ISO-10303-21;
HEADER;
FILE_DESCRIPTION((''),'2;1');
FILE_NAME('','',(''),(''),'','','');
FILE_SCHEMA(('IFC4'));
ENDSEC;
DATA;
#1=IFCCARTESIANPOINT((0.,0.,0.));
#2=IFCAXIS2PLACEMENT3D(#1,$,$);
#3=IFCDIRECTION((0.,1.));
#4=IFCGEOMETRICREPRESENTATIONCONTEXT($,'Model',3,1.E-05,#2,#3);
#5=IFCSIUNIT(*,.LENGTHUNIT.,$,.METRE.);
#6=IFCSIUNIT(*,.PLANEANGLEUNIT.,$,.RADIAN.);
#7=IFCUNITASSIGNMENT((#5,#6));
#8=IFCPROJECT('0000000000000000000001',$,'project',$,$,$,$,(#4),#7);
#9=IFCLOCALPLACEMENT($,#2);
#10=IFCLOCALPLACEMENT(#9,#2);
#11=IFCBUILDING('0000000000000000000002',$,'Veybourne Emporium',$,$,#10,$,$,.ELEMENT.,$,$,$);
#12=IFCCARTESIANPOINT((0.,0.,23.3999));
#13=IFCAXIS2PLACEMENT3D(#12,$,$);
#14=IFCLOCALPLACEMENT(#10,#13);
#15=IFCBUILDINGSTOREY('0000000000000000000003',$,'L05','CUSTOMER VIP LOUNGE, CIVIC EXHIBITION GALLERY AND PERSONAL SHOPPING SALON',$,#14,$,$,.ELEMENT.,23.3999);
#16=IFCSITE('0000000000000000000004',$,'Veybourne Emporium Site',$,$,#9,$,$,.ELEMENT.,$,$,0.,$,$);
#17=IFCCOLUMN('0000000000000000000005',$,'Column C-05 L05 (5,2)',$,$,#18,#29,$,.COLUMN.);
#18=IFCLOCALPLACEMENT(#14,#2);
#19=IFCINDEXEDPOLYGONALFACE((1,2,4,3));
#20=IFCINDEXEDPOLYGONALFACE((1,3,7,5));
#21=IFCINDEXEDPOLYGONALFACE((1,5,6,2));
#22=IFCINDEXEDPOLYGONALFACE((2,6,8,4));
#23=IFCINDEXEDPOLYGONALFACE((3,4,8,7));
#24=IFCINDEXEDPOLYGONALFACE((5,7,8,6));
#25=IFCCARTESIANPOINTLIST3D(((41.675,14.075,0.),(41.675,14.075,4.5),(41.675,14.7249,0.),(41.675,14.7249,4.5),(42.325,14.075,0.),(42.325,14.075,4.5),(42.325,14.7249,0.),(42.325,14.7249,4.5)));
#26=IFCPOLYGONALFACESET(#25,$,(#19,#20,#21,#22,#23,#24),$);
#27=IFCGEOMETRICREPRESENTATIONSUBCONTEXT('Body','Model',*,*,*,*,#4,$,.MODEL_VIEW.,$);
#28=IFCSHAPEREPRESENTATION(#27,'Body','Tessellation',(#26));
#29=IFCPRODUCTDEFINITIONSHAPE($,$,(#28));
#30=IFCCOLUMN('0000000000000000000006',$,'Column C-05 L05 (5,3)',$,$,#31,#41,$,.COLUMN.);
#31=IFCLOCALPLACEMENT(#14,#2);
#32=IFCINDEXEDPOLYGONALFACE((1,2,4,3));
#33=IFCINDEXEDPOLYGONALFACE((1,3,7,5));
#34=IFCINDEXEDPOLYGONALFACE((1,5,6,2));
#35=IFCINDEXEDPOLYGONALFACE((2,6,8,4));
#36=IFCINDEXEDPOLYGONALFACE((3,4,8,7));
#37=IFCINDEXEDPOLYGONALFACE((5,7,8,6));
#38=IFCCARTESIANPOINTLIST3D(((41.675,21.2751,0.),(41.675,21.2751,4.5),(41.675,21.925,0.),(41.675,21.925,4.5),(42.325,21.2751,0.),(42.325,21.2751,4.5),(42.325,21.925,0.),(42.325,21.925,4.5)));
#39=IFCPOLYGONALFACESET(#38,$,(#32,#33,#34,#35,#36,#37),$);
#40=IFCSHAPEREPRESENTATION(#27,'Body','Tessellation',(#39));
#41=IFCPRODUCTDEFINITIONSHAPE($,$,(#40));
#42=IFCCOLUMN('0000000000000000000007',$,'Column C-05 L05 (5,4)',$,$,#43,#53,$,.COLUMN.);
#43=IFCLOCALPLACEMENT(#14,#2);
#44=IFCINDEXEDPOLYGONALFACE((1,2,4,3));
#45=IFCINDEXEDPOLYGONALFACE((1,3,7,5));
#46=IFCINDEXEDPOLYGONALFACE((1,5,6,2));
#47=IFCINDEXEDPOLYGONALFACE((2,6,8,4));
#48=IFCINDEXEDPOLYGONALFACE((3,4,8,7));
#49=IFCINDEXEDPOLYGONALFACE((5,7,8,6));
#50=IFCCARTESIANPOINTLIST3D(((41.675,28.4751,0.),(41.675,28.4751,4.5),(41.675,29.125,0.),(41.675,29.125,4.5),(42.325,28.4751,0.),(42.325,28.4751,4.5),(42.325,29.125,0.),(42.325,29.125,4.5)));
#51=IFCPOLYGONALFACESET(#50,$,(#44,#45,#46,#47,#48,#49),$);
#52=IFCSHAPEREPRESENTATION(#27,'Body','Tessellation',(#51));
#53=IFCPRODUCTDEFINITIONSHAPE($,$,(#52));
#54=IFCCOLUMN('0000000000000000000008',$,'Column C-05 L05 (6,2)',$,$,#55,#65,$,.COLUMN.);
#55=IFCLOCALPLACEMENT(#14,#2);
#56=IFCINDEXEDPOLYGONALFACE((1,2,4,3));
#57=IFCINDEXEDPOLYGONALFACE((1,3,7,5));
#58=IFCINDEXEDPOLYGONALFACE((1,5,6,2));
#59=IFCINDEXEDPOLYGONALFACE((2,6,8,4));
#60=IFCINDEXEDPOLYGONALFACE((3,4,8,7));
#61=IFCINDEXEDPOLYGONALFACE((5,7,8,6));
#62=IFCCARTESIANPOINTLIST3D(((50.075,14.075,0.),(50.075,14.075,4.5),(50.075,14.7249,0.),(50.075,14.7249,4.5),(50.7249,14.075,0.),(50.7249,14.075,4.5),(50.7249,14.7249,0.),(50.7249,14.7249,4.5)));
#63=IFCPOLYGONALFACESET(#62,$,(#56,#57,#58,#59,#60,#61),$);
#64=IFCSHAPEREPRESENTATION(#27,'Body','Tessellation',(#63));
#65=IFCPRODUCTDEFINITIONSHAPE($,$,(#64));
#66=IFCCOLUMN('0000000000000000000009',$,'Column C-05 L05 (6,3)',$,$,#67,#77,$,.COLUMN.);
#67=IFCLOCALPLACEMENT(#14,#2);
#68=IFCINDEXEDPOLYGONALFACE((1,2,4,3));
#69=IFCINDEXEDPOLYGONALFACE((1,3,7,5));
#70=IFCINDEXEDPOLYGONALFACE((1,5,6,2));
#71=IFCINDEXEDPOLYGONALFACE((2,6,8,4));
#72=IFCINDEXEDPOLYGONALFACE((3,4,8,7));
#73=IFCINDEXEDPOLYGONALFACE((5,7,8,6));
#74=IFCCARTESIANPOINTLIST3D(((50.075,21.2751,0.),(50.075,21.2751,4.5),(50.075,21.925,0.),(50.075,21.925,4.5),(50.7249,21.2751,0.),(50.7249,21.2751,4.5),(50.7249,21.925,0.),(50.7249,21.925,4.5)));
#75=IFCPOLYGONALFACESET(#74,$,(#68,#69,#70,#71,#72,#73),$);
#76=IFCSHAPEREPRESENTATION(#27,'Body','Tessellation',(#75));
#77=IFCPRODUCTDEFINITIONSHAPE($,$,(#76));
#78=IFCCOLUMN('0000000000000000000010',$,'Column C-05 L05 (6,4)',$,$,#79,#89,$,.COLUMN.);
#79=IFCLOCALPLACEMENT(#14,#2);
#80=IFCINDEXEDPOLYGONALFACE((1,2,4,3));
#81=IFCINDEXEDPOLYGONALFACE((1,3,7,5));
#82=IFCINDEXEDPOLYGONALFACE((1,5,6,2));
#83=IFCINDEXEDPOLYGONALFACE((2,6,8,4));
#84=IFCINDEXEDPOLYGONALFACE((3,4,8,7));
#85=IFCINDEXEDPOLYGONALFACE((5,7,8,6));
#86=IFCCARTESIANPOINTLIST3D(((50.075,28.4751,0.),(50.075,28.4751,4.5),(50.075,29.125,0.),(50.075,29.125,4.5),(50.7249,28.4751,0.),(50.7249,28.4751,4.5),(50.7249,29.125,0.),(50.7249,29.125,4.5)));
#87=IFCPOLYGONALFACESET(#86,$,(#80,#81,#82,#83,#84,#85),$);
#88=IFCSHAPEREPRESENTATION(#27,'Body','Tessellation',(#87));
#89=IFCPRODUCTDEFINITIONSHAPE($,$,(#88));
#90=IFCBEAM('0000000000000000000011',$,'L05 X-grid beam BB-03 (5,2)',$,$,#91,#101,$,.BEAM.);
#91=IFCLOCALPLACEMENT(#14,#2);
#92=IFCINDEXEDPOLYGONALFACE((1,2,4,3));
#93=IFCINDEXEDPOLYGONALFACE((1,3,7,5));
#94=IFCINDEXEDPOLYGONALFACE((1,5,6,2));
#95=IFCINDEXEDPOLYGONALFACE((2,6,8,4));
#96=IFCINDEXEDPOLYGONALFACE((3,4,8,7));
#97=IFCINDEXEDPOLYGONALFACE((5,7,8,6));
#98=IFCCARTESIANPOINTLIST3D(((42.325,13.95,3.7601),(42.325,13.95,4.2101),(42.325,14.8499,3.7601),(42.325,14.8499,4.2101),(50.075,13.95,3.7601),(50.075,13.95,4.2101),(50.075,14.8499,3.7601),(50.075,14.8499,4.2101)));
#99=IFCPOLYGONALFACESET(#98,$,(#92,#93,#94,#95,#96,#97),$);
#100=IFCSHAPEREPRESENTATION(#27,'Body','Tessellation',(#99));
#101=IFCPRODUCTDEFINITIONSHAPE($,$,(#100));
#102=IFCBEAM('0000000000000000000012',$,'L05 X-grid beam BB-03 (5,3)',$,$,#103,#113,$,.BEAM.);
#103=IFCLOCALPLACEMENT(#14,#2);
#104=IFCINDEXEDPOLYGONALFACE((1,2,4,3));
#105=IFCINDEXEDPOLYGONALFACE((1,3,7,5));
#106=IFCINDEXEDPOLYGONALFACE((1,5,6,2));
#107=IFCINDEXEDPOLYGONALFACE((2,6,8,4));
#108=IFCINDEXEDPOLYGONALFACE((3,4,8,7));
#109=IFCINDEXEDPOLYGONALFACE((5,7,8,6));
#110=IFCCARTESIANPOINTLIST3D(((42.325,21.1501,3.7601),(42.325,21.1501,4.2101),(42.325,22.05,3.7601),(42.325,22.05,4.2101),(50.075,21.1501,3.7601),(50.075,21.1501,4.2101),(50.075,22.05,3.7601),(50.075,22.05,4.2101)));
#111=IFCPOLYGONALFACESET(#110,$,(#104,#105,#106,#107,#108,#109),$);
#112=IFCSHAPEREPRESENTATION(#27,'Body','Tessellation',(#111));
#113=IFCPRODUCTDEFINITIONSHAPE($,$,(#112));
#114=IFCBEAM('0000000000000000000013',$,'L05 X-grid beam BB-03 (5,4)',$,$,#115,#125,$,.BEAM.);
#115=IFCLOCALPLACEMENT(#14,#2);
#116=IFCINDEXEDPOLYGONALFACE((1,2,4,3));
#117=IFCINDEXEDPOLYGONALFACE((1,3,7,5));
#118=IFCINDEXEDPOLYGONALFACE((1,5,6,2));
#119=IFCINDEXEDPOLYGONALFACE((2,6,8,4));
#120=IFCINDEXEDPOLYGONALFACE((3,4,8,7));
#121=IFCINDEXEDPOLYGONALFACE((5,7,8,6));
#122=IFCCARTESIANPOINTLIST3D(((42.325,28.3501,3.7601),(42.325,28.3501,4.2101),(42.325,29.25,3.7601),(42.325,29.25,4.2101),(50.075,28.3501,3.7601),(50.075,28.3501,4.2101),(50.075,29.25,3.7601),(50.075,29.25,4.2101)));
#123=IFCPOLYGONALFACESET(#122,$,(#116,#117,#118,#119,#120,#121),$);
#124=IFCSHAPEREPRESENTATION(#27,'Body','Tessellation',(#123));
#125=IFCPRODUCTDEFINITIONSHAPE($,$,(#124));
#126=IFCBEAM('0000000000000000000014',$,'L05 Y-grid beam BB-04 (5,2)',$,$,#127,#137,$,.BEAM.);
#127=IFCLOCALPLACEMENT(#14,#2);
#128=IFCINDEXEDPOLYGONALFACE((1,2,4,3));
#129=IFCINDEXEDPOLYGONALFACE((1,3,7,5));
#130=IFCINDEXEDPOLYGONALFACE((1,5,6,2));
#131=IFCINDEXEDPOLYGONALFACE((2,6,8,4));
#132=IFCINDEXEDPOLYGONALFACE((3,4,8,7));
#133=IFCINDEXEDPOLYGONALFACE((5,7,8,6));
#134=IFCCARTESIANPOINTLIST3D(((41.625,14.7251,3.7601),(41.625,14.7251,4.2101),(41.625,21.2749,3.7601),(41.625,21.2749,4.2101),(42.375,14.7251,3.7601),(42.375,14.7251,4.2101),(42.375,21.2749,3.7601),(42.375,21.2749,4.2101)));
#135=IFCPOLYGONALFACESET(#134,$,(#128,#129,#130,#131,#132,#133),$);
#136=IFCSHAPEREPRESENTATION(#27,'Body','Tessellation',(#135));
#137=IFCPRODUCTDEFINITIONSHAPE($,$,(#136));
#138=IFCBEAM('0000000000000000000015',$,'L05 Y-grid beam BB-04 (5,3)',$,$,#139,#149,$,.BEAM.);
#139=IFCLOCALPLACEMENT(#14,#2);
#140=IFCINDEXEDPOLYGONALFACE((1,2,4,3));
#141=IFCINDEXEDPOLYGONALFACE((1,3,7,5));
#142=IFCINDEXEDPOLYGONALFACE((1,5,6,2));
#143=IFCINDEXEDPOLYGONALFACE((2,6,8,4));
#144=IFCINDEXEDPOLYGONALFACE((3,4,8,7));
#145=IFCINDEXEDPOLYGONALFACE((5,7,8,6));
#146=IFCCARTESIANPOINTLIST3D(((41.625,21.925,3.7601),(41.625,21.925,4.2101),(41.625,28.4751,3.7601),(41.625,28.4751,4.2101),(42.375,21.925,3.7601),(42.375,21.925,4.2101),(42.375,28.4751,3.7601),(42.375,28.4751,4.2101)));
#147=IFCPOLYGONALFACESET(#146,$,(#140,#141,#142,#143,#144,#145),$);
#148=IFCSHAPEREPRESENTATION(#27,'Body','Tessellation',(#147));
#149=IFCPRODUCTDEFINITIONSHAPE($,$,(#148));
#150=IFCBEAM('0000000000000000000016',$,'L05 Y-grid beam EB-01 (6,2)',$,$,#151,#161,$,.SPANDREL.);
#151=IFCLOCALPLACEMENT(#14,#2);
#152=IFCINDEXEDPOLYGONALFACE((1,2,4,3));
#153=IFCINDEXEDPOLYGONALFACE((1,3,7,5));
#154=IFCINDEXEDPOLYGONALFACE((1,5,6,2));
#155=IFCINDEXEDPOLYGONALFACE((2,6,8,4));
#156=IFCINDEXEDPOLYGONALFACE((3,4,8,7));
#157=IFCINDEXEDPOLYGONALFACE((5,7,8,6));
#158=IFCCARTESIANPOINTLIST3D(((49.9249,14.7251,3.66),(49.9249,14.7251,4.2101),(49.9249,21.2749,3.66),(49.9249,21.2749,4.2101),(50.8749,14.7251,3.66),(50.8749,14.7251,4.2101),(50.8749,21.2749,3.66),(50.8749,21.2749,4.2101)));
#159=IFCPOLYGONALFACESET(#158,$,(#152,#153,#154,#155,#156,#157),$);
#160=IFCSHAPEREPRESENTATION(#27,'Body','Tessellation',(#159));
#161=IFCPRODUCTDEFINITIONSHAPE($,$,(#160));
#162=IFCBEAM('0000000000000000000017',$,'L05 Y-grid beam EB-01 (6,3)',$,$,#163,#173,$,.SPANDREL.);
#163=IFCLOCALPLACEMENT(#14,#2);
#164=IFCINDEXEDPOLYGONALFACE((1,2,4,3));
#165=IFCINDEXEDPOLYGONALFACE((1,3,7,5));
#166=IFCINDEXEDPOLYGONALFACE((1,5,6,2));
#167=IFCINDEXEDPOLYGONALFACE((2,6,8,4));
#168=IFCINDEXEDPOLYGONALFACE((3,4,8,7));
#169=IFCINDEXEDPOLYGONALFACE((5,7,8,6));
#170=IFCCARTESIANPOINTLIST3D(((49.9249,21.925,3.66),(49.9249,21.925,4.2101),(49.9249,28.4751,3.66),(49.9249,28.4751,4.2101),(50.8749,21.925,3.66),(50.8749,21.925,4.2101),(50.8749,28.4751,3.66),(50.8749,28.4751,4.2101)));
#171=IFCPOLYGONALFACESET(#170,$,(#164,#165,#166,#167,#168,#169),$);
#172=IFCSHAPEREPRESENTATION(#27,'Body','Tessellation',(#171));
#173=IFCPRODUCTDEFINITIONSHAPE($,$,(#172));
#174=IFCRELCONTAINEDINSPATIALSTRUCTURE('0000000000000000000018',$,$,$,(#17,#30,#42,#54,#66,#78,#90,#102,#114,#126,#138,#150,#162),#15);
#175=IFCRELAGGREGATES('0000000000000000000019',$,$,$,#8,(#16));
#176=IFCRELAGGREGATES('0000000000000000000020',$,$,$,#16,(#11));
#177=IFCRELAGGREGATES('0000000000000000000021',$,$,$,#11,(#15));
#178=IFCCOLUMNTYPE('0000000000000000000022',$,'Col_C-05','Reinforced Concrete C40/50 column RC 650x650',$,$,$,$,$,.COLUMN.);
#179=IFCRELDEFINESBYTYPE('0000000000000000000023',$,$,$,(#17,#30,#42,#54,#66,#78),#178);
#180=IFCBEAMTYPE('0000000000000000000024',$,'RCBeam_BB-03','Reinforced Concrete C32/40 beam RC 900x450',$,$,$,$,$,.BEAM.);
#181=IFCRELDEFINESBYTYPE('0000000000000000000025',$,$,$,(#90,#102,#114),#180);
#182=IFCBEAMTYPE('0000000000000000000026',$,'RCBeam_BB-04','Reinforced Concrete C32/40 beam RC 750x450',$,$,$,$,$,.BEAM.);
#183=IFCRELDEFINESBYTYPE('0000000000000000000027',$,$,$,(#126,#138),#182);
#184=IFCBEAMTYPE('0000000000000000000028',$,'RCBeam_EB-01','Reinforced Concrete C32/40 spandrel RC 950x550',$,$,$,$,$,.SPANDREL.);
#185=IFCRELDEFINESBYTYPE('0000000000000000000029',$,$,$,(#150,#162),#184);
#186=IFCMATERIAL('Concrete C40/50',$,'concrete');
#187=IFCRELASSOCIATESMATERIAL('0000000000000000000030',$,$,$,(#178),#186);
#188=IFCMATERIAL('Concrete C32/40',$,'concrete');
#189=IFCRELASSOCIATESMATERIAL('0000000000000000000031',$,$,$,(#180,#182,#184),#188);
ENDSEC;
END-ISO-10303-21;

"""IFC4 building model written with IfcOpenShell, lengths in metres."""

from ifc_helpers import new_model, si_unit, direction, frame, origin, origin_2d, place, context, subcontext, project, spatial, rectangle, extrude, material, material_profile, profile_set, type_object, element, save


model = new_model("IFC4")

# Units and contexts
model_context = context("Model", 3, precision=1e-05, world=origin(), true_north=direction((0.0, 1.0)))
body_context = subcontext(model_context, "Body", "Model", "MODEL_VIEW")
ifc_project = project(units=[si_unit("LENGTHUNIT", "METRE"), si_unit("PLANEANGLEUNIT", "RADIAN")], contexts=[model_context])

# Site, building, storey
site_placement = place(None, origin())
site = spatial("IfcSite", under=ifc_project, at=site_placement, Name="Veybourne Emporium Site", CompositionType="ELEMENT", RefElevation=0.0)
building_placement = place(site_placement, origin())
building = spatial("IfcBuilding", under=site, at=building_placement, Name="Veybourne Emporium", CompositionType="ELEMENT")
storey_placement = place(building_placement, frame((0.0, 0.0, 23.3999)))
storey = spatial("IfcBuildingStorey", under=building, at=storey_placement, Name="L05", Description="CUSTOMER VIP LOUNGE, CIVIC EXHIBITION GALLERY AND PERSONAL SHOPPING SALON", CompositionType="ELEMENT", Elevation=23.3999)

# Columns
ifc_material_1 = material(Name="Concrete C40/50", Category="concrete")
ifc_material_profile_1 = material_profile(ifc_material_1, rectangle(XDim=0.6499, YDim=0.6499, at=origin_2d()), Name="RC 650x650")
ifc_profile_set_1 = profile_set([ifc_material_profile_1], Name="Concrete C40/50")
column_type = type_object("IfcColumnType", Name="Col_C-05", Description="Reinforced Concrete C40/50 column RC 650x650", PredefinedType="COLUMN", material=ifc_profile_set_1)
for number, where, z_axis, x_axis, name in (
    (1, (42.0, 14.3999, 0.0), (0.0, 0.0, 1.0), (1.0, 0.0, 0.0), "Column C-05 L05 (5,2)"),
    (2, (42.0, 21.6001, 0.0), (0.0, 0.0, 1.0), (1.0, 0.0, 0.0), "Column C-05 L05 (5,3)"),
    (3, (42.0, 28.8, 0.0), (0.0, 0.0, 1.0), (1.0, 0.0, 0.0), "Column C-05 L05 (5,4)"),
    (4, (50.3999, 14.3999, 0.0), (0.0, 0.0, 1.0), (1.0, 0.0, 0.0), "Column C-05 L05 (6,2)"),
    (5, (50.3999, 21.6001, 0.0), (0.0, 0.0, 1.0), (1.0, 0.0, 0.0), "Column C-05 L05 (6,3)"),
    (6, (50.3999, 28.8, 0.0), (0.0, 0.0, 1.0), (1.0, 0.0, 0.0), "Column C-05 L05 (6,4)"),
):
    element("IfcColumn", number, at=place(storey_placement, frame(where, z_axis=z_axis, x_axis=x_axis)), inside=storey, type_object=column_type, Name=name, PredefinedType="COLUMN", context=body_context, shape_type="SweptSolid", body=[
        extrude(rectangle(XDim=0.6499, YDim=0.6499, at=origin_2d()), origin(), (0.0, 0.0, 1.0), 4.5),
    ])

# Beams
ifc_material_2 = material(Name="Concrete C32/40", Category="concrete")
ifc_material_profile_2 = material_profile(ifc_material_2, rectangle(XDim=0.8999, YDim=0.45, at=origin_2d()), Name="RC 900x450")
ifc_profile_set_2 = profile_set([ifc_material_profile_2], Name="Concrete C32/40")
beam_type_1 = type_object("IfcBeamType", Name="RCBeam_BB-03", Description="Reinforced Concrete C32/40 beam RC 900x450", PredefinedType="BEAM", material=ifc_profile_set_2)
for number, where, z_axis, x_axis, name in (
    (7, (42.325, 14.3999, 3.9851), (1.0, 0.0, 0.0), (0.0, 1.0, 0.0), "L05 X-grid beam BB-03 (5,2)"),
    (8, (42.325, 21.6001, 3.9851), (1.0, 0.0, 0.0), (0.0, 1.0, 0.0), "L05 X-grid beam BB-03 (5,3)"),
    (9, (42.325, 28.8, 3.9851), (1.0, 0.0, 0.0), (0.0, 1.0, 0.0), "L05 X-grid beam BB-03 (5,4)"),
):
    element("IfcBeam", number, at=place(storey_placement, frame(where, z_axis=z_axis, x_axis=x_axis)), inside=storey, type_object=beam_type_1, Name=name, PredefinedType="BEAM", context=body_context, shape_type="SweptSolid", body=[
        extrude(rectangle(XDim=0.8999, YDim=0.45, at=origin_2d()), origin(), (0.0, 0.0, 1.0), 7.75),
    ])
ifc_material_profile_3 = material_profile(ifc_material_2, rectangle(XDim=0.75, YDim=0.45, at=origin_2d()), Name="RC 750x450")
ifc_profile_set_3 = profile_set([ifc_material_profile_3], Name="Concrete C32/40")
beam_type_2 = type_object("IfcBeamType", Name="RCBeam_BB-04", Description="Reinforced Concrete C32/40 beam RC 750x450", PredefinedType="BEAM", material=ifc_profile_set_3)
beam_1_placement = place(storey_placement, frame((42.0, 14.7251, 3.9851), z_axis=(0.0, 1.0, 0.0), x_axis=(-1.0, 0.0, 0.0)))
element("IfcBeam", 10, at=beam_1_placement, inside=storey, type_object=beam_type_2, Name="L05 Y-grid beam BB-04 (5,2)", PredefinedType="BEAM", context=body_context, shape_type="SweptSolid", body=[
    extrude(rectangle(XDim=0.75, YDim=0.45, at=origin_2d()), origin(), (0.0, 0.0, 1.0), 6.5498),
])
beam_2_placement = place(storey_placement, frame((42.0, 21.925, 3.9851), z_axis=(0.0, 1.0, 0.0), x_axis=(-1.0, 0.0, 0.0)))
element("IfcBeam", 11, at=beam_2_placement, inside=storey, type_object=beam_type_2, Name="L05 Y-grid beam BB-04 (5,3)", PredefinedType="BEAM", context=body_context, shape_type="SweptSolid", body=[
    extrude(rectangle(XDim=0.75, YDim=0.45, at=origin_2d()), origin(), (0.0, 0.0, 1.0), 6.55),
])
ifc_material_profile_4 = material_profile(ifc_material_2, rectangle(XDim=0.95, YDim=0.55, at=origin_2d()), Name="RC 950x550")
ifc_profile_set_4 = profile_set([ifc_material_profile_4], Name="Concrete C32/40")
beam_type_3 = type_object("IfcBeamType", Name="RCBeam_EB-01", Description="Reinforced Concrete C32/40 spandrel RC 950x550", PredefinedType="SPANDREL", material=ifc_profile_set_4)
beam_3_placement = place(storey_placement, frame((50.3999, 14.7251, 3.9351), z_axis=(0.0, 1.0, 0.0), x_axis=(-1.0, 0.0, 0.0)))
element("IfcBeam", 12, at=beam_3_placement, inside=storey, type_object=beam_type_3, Name="L05 Y-grid beam EB-01 (6,2)", PredefinedType="SPANDREL", context=body_context, shape_type="SweptSolid", body=[
    extrude(rectangle(XDim=0.95, YDim=0.55, at=origin_2d()), origin(), (0.0, 0.0, 1.0), 6.5498),
])
beam_4_placement = place(storey_placement, frame((50.3999, 21.925, 3.9351), z_axis=(0.0, 1.0, 0.0), x_axis=(-1.0, 0.0, 0.0)))
element("IfcBeam", 13, at=beam_4_placement, inside=storey, type_object=beam_type_3, Name="L05 Y-grid beam EB-01 (6,3)", PredefinedType="SPANDREL", context=body_context, shape_type="SweptSolid", body=[
    extrude(rectangle(XDim=0.95, YDim=0.55, at=origin_2d()), origin(), (0.0, 0.0, 1.0), 6.55),
])

save(model, "model.ifc")
